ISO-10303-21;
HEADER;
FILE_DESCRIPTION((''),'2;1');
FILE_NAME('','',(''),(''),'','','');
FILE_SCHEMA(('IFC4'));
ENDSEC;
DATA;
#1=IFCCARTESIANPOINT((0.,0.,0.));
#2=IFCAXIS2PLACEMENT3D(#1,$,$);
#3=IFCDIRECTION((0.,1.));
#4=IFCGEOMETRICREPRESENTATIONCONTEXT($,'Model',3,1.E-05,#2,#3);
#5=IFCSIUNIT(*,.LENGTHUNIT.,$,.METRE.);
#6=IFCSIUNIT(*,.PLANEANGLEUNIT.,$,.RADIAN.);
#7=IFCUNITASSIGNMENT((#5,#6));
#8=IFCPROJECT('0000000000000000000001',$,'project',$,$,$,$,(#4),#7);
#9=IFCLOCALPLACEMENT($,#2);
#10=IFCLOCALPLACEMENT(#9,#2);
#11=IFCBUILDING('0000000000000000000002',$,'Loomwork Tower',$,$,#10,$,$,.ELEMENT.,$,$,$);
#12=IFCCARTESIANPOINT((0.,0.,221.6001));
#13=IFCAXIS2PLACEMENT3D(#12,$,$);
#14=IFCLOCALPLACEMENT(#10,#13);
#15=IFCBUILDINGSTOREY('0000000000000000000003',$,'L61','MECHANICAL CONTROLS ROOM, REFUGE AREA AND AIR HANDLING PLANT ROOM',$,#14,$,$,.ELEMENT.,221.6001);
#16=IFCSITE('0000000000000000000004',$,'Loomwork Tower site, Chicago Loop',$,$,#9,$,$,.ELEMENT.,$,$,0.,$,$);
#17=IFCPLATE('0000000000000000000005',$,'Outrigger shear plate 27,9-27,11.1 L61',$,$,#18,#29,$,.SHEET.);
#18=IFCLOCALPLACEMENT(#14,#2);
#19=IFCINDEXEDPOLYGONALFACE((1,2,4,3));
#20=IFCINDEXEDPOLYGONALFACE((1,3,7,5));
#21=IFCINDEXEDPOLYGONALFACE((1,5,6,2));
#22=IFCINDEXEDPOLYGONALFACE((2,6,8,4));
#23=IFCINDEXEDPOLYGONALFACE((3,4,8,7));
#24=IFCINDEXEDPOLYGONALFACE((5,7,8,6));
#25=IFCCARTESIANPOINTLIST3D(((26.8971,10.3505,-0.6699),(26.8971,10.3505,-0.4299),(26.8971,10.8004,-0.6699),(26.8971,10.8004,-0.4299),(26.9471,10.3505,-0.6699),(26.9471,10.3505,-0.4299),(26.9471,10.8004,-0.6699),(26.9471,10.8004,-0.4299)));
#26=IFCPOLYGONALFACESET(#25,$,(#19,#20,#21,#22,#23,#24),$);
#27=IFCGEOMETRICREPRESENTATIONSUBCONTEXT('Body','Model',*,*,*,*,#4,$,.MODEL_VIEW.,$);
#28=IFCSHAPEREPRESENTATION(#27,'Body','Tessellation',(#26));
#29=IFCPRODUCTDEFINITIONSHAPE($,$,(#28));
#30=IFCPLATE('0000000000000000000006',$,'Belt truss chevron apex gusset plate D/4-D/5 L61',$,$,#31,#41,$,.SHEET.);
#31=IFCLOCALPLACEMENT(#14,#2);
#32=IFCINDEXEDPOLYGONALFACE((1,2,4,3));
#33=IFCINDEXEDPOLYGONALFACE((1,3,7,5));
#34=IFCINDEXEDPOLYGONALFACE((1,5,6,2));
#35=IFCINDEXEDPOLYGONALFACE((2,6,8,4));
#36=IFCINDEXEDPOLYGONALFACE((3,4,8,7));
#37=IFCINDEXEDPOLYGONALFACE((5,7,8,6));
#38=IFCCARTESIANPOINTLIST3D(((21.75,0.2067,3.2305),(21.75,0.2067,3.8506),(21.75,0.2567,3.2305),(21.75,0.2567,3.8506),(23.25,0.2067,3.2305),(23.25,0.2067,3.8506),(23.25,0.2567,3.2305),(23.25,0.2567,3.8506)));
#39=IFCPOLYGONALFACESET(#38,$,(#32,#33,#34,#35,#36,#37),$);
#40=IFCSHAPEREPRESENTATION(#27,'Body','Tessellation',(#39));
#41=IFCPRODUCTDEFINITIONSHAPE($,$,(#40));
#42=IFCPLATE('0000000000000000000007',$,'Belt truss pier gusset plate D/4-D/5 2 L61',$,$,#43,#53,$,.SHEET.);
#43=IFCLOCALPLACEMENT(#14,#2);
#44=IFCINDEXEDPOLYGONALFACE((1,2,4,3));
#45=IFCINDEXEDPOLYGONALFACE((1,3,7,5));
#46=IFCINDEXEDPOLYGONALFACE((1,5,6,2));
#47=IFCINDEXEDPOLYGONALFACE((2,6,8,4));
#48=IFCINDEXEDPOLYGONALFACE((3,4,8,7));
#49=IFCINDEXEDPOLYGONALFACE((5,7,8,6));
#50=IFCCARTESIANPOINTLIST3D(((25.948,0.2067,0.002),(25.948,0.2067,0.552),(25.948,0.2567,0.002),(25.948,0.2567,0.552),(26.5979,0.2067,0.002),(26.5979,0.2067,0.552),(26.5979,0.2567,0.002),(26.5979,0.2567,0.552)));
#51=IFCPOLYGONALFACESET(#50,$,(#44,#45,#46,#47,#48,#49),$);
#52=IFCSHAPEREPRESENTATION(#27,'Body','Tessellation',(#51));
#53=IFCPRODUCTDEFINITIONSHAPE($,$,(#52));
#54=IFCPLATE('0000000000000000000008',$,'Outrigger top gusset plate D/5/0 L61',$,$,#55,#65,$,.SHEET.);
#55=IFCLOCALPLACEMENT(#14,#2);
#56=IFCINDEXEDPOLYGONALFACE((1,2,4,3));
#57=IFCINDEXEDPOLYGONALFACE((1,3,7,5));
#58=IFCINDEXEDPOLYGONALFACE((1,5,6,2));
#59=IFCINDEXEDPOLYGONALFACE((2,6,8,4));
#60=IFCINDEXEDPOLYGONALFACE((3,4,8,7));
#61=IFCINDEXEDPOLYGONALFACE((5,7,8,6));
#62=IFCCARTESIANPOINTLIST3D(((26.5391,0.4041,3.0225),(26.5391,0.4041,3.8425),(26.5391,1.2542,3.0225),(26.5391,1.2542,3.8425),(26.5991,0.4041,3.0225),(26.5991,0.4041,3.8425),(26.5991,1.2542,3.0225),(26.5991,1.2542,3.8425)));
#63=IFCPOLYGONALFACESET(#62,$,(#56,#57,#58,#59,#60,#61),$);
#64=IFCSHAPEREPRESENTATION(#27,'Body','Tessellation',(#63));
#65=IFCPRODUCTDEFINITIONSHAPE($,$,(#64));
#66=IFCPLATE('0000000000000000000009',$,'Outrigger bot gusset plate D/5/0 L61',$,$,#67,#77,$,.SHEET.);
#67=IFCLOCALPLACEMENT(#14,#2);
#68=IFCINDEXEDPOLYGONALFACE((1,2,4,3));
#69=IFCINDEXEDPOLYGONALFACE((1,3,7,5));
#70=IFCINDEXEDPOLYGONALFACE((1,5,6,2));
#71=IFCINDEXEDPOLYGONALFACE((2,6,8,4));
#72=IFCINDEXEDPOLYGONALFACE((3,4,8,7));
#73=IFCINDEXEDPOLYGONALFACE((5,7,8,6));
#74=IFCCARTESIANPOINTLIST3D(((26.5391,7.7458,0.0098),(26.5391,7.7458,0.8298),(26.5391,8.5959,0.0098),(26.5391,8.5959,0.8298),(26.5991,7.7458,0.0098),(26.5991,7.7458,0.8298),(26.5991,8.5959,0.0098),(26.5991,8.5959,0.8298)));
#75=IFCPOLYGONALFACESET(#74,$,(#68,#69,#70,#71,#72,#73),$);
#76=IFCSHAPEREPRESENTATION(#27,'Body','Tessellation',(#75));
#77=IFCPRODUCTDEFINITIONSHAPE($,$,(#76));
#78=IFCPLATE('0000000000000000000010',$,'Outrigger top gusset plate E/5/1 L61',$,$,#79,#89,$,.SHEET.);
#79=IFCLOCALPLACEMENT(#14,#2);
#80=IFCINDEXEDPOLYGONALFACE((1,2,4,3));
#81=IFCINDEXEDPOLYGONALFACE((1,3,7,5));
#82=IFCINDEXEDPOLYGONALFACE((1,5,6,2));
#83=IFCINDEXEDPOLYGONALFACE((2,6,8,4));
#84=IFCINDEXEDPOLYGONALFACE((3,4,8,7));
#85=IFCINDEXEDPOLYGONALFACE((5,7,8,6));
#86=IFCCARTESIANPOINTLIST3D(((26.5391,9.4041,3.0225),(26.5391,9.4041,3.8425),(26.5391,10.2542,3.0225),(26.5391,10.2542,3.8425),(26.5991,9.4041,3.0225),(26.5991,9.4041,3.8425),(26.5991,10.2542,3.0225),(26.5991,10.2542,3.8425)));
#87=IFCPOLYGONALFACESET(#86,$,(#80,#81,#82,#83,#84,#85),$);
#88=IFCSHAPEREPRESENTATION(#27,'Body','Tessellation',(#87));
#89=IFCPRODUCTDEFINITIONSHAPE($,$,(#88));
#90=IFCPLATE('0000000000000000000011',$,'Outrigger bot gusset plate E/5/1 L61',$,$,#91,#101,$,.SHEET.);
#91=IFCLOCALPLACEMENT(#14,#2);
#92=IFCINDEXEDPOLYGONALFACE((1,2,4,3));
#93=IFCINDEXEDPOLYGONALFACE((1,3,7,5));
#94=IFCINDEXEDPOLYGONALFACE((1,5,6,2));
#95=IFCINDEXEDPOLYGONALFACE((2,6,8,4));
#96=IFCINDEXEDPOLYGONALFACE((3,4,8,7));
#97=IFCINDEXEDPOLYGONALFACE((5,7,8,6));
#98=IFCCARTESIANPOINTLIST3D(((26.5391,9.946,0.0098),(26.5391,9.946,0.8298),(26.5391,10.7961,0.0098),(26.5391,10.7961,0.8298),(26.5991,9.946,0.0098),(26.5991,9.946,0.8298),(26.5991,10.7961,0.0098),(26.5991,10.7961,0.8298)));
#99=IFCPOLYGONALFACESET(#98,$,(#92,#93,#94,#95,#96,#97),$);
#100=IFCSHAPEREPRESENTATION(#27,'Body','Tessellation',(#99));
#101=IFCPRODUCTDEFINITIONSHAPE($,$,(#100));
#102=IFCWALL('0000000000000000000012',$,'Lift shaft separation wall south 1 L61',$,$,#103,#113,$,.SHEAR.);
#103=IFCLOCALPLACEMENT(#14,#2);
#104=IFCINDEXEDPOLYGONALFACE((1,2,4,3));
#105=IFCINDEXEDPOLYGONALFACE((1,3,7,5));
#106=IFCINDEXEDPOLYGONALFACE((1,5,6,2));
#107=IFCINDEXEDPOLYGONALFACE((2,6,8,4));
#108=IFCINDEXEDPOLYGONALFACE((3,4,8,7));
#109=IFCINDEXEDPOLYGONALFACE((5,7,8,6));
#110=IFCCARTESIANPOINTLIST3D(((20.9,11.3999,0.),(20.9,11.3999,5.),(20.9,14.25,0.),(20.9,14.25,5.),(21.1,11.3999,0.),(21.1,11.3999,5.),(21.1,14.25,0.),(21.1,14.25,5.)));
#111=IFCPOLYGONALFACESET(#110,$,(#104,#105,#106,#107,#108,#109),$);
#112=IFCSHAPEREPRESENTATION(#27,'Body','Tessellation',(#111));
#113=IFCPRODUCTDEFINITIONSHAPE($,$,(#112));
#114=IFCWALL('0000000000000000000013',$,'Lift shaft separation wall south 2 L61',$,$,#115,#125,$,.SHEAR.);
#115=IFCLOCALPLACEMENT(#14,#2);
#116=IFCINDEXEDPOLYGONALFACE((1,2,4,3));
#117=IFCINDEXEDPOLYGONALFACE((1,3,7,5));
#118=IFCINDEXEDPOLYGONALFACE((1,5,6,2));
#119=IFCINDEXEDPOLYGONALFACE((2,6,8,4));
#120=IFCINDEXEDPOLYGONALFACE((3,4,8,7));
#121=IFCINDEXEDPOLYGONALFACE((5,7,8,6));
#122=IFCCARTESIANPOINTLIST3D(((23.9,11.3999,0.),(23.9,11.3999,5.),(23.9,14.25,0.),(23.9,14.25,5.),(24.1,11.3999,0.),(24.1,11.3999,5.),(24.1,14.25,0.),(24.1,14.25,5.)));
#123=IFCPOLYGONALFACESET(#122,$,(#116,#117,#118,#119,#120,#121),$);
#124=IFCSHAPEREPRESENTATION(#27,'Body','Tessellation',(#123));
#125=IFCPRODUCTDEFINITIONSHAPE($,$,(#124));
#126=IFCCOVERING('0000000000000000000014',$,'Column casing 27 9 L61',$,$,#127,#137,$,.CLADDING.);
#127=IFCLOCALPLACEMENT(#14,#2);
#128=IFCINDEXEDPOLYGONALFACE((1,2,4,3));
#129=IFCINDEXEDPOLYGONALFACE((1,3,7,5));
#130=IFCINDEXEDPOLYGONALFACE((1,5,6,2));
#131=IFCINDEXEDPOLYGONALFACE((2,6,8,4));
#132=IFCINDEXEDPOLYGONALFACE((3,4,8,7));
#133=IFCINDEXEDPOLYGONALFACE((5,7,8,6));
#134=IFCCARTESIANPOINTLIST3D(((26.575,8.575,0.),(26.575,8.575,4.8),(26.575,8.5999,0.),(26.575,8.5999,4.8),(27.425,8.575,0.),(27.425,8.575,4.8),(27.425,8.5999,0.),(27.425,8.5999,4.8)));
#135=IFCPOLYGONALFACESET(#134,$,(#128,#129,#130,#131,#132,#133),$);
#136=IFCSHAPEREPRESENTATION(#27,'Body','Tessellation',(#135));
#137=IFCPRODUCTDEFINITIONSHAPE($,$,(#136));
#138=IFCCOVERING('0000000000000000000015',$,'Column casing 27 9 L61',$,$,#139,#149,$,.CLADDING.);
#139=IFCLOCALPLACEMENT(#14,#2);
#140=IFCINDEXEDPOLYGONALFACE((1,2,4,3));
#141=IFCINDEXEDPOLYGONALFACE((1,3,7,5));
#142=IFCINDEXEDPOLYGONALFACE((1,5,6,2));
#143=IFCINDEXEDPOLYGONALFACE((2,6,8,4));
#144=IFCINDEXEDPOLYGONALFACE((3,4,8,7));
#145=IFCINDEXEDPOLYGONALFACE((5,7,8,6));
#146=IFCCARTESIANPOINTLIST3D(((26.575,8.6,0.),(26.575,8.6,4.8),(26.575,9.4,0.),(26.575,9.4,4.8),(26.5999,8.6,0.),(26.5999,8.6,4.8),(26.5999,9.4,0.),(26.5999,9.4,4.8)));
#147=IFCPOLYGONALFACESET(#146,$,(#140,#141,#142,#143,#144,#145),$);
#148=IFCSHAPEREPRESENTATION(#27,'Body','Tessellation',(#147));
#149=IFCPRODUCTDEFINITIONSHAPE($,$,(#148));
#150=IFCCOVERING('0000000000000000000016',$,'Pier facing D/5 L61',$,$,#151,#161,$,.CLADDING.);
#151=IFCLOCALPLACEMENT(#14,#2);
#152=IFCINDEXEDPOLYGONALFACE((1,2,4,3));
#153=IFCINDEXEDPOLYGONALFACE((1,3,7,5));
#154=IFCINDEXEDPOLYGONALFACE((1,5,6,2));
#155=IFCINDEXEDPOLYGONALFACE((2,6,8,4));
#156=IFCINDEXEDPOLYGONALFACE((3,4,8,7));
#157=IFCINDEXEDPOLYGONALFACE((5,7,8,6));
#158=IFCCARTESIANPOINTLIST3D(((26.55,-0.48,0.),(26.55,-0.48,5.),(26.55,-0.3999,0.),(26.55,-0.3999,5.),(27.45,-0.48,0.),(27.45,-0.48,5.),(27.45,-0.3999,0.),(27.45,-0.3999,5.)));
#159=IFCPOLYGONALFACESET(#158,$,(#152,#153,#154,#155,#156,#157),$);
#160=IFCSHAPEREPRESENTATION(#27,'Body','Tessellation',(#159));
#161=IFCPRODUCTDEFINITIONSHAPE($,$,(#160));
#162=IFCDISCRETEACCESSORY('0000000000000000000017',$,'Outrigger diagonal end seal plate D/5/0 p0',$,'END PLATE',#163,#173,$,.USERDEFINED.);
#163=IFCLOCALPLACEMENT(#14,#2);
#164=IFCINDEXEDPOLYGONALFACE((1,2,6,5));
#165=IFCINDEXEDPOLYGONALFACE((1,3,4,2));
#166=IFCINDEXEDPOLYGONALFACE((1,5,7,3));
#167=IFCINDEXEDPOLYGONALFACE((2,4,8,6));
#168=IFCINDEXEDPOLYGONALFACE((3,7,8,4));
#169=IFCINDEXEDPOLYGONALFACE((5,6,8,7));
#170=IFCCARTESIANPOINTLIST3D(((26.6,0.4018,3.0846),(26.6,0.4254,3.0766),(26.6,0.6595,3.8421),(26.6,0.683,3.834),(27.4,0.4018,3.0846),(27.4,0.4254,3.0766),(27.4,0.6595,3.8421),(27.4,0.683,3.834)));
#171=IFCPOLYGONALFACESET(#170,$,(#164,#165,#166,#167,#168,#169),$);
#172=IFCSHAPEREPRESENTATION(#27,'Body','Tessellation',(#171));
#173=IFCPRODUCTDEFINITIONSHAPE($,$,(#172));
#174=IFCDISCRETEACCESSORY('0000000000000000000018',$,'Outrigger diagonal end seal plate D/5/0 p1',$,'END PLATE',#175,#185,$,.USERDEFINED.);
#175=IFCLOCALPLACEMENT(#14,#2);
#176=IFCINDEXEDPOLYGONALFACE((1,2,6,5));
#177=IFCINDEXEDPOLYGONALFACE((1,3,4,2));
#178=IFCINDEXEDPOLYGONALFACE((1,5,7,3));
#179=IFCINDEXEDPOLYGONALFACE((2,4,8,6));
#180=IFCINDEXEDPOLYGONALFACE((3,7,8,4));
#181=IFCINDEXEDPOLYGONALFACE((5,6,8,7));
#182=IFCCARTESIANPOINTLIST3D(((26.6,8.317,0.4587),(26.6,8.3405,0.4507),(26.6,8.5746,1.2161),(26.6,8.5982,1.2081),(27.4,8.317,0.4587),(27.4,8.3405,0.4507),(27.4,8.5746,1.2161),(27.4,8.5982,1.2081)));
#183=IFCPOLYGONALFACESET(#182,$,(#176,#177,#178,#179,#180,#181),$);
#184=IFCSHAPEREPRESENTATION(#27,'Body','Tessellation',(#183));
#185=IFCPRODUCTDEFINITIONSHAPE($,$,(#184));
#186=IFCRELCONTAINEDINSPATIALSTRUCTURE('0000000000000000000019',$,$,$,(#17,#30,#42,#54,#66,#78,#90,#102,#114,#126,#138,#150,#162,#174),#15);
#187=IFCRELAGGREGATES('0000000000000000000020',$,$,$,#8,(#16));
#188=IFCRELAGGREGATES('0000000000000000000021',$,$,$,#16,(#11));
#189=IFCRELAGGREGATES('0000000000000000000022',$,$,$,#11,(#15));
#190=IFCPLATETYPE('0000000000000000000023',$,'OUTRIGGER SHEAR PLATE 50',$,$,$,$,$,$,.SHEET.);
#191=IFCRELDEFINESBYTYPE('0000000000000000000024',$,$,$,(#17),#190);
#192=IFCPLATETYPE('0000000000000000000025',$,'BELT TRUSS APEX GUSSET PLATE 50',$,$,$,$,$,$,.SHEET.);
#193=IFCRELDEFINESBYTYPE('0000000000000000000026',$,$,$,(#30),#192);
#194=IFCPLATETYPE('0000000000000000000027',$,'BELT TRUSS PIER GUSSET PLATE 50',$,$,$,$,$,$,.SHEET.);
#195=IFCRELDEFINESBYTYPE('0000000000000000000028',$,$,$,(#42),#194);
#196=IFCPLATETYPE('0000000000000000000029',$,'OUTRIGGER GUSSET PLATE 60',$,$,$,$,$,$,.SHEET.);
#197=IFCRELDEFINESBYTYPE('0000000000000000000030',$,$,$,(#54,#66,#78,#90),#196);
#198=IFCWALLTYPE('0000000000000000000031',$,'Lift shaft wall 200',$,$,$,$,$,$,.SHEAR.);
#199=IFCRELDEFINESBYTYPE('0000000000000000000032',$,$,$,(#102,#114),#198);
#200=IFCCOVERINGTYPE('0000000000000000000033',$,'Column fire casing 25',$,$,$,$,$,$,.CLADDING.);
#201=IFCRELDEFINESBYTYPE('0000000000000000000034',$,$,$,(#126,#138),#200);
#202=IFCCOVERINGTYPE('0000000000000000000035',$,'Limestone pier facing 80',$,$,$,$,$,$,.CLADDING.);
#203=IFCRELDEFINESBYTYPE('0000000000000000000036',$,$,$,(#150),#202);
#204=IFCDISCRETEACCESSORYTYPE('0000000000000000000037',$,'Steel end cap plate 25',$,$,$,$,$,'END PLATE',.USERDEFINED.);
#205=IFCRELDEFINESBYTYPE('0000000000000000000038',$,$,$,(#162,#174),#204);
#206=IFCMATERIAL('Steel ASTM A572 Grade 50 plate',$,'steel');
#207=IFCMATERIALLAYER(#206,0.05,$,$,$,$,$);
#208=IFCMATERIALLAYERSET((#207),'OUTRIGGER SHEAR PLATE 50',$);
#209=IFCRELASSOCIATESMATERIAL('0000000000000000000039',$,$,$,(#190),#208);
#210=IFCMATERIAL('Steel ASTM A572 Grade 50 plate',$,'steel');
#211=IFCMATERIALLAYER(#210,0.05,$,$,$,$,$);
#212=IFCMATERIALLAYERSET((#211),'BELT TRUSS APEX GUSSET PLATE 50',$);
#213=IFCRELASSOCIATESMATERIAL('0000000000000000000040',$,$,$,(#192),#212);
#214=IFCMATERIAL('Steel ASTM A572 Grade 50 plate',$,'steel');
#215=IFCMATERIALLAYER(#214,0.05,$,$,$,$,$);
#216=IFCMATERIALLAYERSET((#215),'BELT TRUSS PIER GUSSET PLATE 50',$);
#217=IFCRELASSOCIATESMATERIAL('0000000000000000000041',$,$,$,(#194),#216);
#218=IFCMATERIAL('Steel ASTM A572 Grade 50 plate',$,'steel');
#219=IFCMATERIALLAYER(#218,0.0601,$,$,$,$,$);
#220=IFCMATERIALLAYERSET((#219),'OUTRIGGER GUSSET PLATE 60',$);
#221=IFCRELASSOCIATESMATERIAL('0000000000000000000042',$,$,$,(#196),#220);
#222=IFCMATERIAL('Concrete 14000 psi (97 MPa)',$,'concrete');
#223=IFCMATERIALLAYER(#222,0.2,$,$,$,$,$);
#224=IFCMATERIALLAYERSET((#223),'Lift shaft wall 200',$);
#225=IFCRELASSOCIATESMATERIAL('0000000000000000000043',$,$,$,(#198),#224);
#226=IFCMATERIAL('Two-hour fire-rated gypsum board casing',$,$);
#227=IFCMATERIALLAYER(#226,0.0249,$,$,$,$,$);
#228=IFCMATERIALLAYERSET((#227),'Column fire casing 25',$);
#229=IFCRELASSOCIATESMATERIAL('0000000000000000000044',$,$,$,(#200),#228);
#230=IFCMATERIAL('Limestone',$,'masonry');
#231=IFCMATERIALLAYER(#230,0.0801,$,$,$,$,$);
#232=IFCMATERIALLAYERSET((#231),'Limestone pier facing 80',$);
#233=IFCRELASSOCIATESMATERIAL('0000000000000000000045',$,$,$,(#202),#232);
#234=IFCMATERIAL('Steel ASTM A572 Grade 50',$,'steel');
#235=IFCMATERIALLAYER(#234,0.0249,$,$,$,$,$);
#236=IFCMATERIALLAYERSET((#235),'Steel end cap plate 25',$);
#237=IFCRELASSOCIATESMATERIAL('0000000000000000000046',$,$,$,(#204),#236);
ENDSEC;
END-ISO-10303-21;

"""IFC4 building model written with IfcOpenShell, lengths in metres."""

from ifc_helpers import new_model, si_unit, direction, frame, frame_2d, origin, origin_2d, place, context, subcontext, project, spatial, rectangle, extrude, material, layer, layer_set, type_object, element, save


model = new_model("IFC4")

# Units and contexts
model_context = context("Model", 3, precision=1e-05, world=origin(), true_north=direction((0.0, 1.0)))
body_context = subcontext(model_context, "Body", "Model", "MODEL_VIEW")
ifc_project = project(units=[si_unit("LENGTHUNIT", "METRE"), si_unit("PLANEANGLEUNIT", "RADIAN")], contexts=[model_context])

# Site, building, storey
site_placement = place(None, origin())
site = spatial("IfcSite", under=ifc_project, at=site_placement, Name="Loomwork Tower site, Chicago Loop", CompositionType="ELEMENT", RefElevation=0.0)
building_placement = place(site_placement, origin())
building = spatial("IfcBuilding", under=site, at=building_placement, Name="Loomwork Tower", CompositionType="ELEMENT")
storey_placement = place(building_placement, frame((0.0, 0.0, 221.6001)))
storey = spatial("IfcBuildingStorey", under=building, at=storey_placement, Name="L61", Description="MECHANICAL CONTROLS ROOM, REFUGE AREA AND AIR HANDLING PLANT ROOM", CompositionType="ELEMENT", Elevation=221.6001)

# Plates
ifc_material_1 = material(Name="Steel ASTM A572 Grade 50 plate", Category="steel")
ifc_layer_1 = layer(ifc_material_1, 0.05)
ifc_layer_set_1 = layer_set([ifc_layer_1], Name="OUTRIGGER SHEAR PLATE 50")
plate_type_1 = type_object("IfcPlateType", Name="OUTRIGGER SHEAR PLATE 50", PredefinedType="SHEET", material=ifc_layer_set_1)
plate_1_placement = place(storey_placement, frame((26.9221, 10.5754, -0.6699), z_axis=(0.0, 0.0, 1.0), x_axis=(0.0, 1.0, 0.0)))
element("IfcPlate", 1, at=plate_1_placement, inside=storey, type_object=plate_type_1, Name="Outrigger shear plate 27,9-27,11.1 L61", PredefinedType="SHEET", context=body_context, shape_type="SweptSolid", body=[
    extrude(rectangle(XDim=0.45, YDim=0.05, at=origin_2d()), origin(), (0.0, 0.0, 1.0), 0.24),
])
ifc_material_2 = material(Name="Steel ASTM A572 Grade 50 plate", Category="steel")
ifc_layer_2 = layer(ifc_material_2, 0.05)
ifc_layer_set_2 = layer_set([ifc_layer_2], Name="BELT TRUSS APEX GUSSET PLATE 50")
plate_type_2 = type_object("IfcPlateType", Name="BELT TRUSS APEX GUSSET PLATE 50", PredefinedType="SHEET", material=ifc_layer_set_2)
plate_2_placement = place(storey_placement, frame((22.5, 0.2317, 3.2305), z_axis=(0.0, 0.0, 1.0), x_axis=(1.0, 0.0, 0.0)))
element("IfcPlate", 2, at=plate_2_placement, inside=storey, type_object=plate_type_2, Name="Belt truss chevron apex gusset plate D/4-D/5 L61", PredefinedType="SHEET", context=body_context, shape_type="SweptSolid", body=[
    extrude(rectangle(XDim=1.5, YDim=0.05, at=origin_2d()), origin(), (0.0, 0.0, 1.0), 0.6201),
])
ifc_material_3 = material(Name="Steel ASTM A572 Grade 50 plate", Category="steel")
ifc_layer_3 = layer(ifc_material_3, 0.05)
ifc_layer_set_3 = layer_set([ifc_layer_3], Name="BELT TRUSS PIER GUSSET PLATE 50")
plate_type_3 = type_object("IfcPlateType", Name="BELT TRUSS PIER GUSSET PLATE 50", PredefinedType="SHEET", material=ifc_layer_set_3)
plate_3_placement = place(storey_placement, frame((26.2729, 0.2317, 0.002), z_axis=(0.0, 0.0, 1.0), x_axis=(1.0, 0.0, 0.0)))
element("IfcPlate", 3, at=plate_3_placement, inside=storey, type_object=plate_type_3, Name="Belt truss pier gusset plate D/4-D/5 2 L61", PredefinedType="SHEET", context=body_context, shape_type="SweptSolid", body=[
    extrude(rectangle(XDim=0.6499, YDim=0.05, at=origin_2d()), origin(), (0.0, 0.0, 1.0), 0.55),
])
ifc_material_4 = material(Name="Steel ASTM A572 Grade 50 plate", Category="steel")
ifc_layer_4 = layer(ifc_material_4, 0.0601)
ifc_layer_set_4 = layer_set([ifc_layer_4], Name="OUTRIGGER GUSSET PLATE 60")
plate_type_4 = type_object("IfcPlateType", Name="OUTRIGGER GUSSET PLATE 60", PredefinedType="SHEET", material=ifc_layer_set_4)
for number, where, z_axis, x_axis, name in (
    (4, (26.5691, 0.8291, 3.0225), (0.0, 0.0, 1.0), (0.0, 1.0, 0.0), "Outrigger top gusset plate D/5/0 L61"),
    (5, (26.5691, 8.1709, 0.0098), (0.0, 0.0, 1.0), (0.0, 1.0, 0.0), "Outrigger bot gusset plate D/5/0 L61"),
    (6, (26.5691, 9.8291, 3.0225), (0.0, 0.0, 1.0), (0.0, 1.0, 0.0), "Outrigger top gusset plate E/5/1 L61"),
    (7, (26.5691, 10.3711, 0.0098), (0.0, 0.0, 1.0), (0.0, 1.0, 0.0), "Outrigger bot gusset plate E/5/1 L61"),
):
    element("IfcPlate", number, at=place(storey_placement, frame(where, z_axis=z_axis, x_axis=x_axis)), inside=storey, type_object=plate_type_4, Name=name, PredefinedType="SHEET", context=body_context, shape_type="SweptSolid", body=[
        extrude(rectangle(XDim=0.8501, YDim=0.0601, at=origin_2d()), origin(), (0.0, 0.0, 1.0), 0.8201),
    ])

# Walls
ifc_material_5 = material(Name="Concrete 14000 psi (97 MPa)", Category="concrete")
ifc_layer_5 = layer(ifc_material_5, 0.2)
ifc_layer_set_5 = layer_set([ifc_layer_5], Name="Lift shaft wall 200")
wall_type = type_object("IfcWallType", Name="Lift shaft wall 200", PredefinedType="SHEAR", material=ifc_layer_set_5)
for number, where, z_axis, x_axis, name in (
    (8, (21.0, 11.3999, 0.0), (0.0, 0.0, 1.0), (0.0, 1.0, 0.0), "Lift shaft separation wall south 1 L61"),
    (9, (24.0, 11.3999, 0.0), (0.0, 0.0, 1.0), (0.0, 1.0, 0.0), "Lift shaft separation wall south 2 L61"),
):
    element("IfcWall", number, at=place(storey_placement, frame(where, z_axis=z_axis, x_axis=x_axis)), inside=storey, type_object=wall_type, Name=name, PredefinedType="SHEAR", context=body_context, shape_type="SweptSolid", body=[
        extrude(rectangle(XDim=2.8501, YDim=0.2, at=frame_2d((1.425, 0.0))), origin(), (0.0, 0.0, 1.0), 5.0),
    ])

# Coverings
ifc_material_6 = material(Name="Two-hour fire-rated gypsum board casing")
ifc_layer_6 = layer(ifc_material_6, 0.0249)
ifc_layer_set_6 = layer_set([ifc_layer_6], Name="Column fire casing 25")
covering_type_1 = type_object("IfcCoveringType", Name="Column fire casing 25", PredefinedType="CLADDING", material=ifc_layer_set_6)
covering_1_placement = place(storey_placement, frame((27.0, 8.5874, 0.0), z_axis=(0.0, 0.0, 1.0), x_axis=(1.0, 0.0, 0.0)))
element("IfcCovering", 10, at=covering_1_placement, inside=storey, type_object=covering_type_1, Name="Column casing 27 9 L61", PredefinedType="CLADDING", context=body_context, shape_type="SweptSolid", body=[
    extrude(rectangle(XDim=0.8501, YDim=0.0249, at=origin_2d()), origin(), (0.0, 0.0, 1.0), 4.8),
])
covering_2_placement = place(storey_placement, frame((26.5874, 9.0, 0.0), z_axis=(0.0, 0.0, 1.0), x_axis=(1.0, 0.0, 0.0)))
element("IfcCovering", 11, at=covering_2_placement, inside=storey, type_object=covering_type_1, Name="Column casing 27 9 L61", PredefinedType="CLADDING", context=body_context, shape_type="SweptSolid", body=[
    extrude(rectangle(XDim=0.0249, YDim=0.8, at=origin_2d()), origin(), (0.0, 0.0, 1.0), 4.8),
])
ifc_material_7 = material(Name="Limestone", Category="masonry")
ifc_layer_7 = layer(ifc_material_7, 0.0801)
ifc_layer_set_7 = layer_set([ifc_layer_7], Name="Limestone pier facing 80")
covering_type_2 = type_object("IfcCoveringType", Name="Limestone pier facing 80", PredefinedType="CLADDING", material=ifc_layer_set_7)
covering_3_placement = place(storey_placement, frame((27.0, -0.4399, 0.0), z_axis=(0.0, 0.0, 1.0), x_axis=(1.0, 0.0, 0.0)))
element("IfcCovering", 12, at=covering_3_placement, inside=storey, type_object=covering_type_2, Name="Pier facing D/5 L61", PredefinedType="CLADDING", context=body_context, shape_type="SweptSolid", body=[
    extrude(rectangle(XDim=0.8999, YDim=0.0801, at=origin_2d()), origin(), (0.0, 0.0, 1.0), 5.0),
])

# Discrete accessories
ifc_material_8 = material(Name="Steel ASTM A572 Grade 50", Category="steel")
ifc_layer_8 = layer(ifc_material_8, 0.0249)
ifc_layer_set_8 = layer_set([ifc_layer_8], Name="Steel end cap plate 25")
discrete_accessory_type = type_object("IfcDiscreteAccessoryType", Name="Steel end cap plate 25", ElementType="END PLATE", PredefinedType="USERDEFINED", material=ifc_layer_set_8)
for number, where, z_axis, x_axis, name in (
    (13, (27.0, 0.5542, 3.4553), (0.0, -0.946713, 0.322078), (1.0, 0.0, 0.0), "Outrigger diagonal end seal plate D/5/0 p0"),
    (14, (27.0, 8.4458, 0.8374), (0.0, 0.946713, -0.322078), (-1.0, 0.0, 0.0), "Outrigger diagonal end seal plate D/5/0 p1"),
):
    element("IfcDiscreteAccessory", number, at=place(storey_placement, frame(where, z_axis=z_axis, x_axis=x_axis)), inside=storey, type_object=discrete_accessory_type, Name=name, ObjectType="END PLATE", PredefinedType="USERDEFINED", context=body_context, shape_type="SweptSolid", body=[
        extrude(rectangle(XDim=0.8, YDim=0.8, at=origin_2d()), origin(), (0.0, 0.0, 1.0), 0.0249),
    ])

save(model, "model.ifc")
